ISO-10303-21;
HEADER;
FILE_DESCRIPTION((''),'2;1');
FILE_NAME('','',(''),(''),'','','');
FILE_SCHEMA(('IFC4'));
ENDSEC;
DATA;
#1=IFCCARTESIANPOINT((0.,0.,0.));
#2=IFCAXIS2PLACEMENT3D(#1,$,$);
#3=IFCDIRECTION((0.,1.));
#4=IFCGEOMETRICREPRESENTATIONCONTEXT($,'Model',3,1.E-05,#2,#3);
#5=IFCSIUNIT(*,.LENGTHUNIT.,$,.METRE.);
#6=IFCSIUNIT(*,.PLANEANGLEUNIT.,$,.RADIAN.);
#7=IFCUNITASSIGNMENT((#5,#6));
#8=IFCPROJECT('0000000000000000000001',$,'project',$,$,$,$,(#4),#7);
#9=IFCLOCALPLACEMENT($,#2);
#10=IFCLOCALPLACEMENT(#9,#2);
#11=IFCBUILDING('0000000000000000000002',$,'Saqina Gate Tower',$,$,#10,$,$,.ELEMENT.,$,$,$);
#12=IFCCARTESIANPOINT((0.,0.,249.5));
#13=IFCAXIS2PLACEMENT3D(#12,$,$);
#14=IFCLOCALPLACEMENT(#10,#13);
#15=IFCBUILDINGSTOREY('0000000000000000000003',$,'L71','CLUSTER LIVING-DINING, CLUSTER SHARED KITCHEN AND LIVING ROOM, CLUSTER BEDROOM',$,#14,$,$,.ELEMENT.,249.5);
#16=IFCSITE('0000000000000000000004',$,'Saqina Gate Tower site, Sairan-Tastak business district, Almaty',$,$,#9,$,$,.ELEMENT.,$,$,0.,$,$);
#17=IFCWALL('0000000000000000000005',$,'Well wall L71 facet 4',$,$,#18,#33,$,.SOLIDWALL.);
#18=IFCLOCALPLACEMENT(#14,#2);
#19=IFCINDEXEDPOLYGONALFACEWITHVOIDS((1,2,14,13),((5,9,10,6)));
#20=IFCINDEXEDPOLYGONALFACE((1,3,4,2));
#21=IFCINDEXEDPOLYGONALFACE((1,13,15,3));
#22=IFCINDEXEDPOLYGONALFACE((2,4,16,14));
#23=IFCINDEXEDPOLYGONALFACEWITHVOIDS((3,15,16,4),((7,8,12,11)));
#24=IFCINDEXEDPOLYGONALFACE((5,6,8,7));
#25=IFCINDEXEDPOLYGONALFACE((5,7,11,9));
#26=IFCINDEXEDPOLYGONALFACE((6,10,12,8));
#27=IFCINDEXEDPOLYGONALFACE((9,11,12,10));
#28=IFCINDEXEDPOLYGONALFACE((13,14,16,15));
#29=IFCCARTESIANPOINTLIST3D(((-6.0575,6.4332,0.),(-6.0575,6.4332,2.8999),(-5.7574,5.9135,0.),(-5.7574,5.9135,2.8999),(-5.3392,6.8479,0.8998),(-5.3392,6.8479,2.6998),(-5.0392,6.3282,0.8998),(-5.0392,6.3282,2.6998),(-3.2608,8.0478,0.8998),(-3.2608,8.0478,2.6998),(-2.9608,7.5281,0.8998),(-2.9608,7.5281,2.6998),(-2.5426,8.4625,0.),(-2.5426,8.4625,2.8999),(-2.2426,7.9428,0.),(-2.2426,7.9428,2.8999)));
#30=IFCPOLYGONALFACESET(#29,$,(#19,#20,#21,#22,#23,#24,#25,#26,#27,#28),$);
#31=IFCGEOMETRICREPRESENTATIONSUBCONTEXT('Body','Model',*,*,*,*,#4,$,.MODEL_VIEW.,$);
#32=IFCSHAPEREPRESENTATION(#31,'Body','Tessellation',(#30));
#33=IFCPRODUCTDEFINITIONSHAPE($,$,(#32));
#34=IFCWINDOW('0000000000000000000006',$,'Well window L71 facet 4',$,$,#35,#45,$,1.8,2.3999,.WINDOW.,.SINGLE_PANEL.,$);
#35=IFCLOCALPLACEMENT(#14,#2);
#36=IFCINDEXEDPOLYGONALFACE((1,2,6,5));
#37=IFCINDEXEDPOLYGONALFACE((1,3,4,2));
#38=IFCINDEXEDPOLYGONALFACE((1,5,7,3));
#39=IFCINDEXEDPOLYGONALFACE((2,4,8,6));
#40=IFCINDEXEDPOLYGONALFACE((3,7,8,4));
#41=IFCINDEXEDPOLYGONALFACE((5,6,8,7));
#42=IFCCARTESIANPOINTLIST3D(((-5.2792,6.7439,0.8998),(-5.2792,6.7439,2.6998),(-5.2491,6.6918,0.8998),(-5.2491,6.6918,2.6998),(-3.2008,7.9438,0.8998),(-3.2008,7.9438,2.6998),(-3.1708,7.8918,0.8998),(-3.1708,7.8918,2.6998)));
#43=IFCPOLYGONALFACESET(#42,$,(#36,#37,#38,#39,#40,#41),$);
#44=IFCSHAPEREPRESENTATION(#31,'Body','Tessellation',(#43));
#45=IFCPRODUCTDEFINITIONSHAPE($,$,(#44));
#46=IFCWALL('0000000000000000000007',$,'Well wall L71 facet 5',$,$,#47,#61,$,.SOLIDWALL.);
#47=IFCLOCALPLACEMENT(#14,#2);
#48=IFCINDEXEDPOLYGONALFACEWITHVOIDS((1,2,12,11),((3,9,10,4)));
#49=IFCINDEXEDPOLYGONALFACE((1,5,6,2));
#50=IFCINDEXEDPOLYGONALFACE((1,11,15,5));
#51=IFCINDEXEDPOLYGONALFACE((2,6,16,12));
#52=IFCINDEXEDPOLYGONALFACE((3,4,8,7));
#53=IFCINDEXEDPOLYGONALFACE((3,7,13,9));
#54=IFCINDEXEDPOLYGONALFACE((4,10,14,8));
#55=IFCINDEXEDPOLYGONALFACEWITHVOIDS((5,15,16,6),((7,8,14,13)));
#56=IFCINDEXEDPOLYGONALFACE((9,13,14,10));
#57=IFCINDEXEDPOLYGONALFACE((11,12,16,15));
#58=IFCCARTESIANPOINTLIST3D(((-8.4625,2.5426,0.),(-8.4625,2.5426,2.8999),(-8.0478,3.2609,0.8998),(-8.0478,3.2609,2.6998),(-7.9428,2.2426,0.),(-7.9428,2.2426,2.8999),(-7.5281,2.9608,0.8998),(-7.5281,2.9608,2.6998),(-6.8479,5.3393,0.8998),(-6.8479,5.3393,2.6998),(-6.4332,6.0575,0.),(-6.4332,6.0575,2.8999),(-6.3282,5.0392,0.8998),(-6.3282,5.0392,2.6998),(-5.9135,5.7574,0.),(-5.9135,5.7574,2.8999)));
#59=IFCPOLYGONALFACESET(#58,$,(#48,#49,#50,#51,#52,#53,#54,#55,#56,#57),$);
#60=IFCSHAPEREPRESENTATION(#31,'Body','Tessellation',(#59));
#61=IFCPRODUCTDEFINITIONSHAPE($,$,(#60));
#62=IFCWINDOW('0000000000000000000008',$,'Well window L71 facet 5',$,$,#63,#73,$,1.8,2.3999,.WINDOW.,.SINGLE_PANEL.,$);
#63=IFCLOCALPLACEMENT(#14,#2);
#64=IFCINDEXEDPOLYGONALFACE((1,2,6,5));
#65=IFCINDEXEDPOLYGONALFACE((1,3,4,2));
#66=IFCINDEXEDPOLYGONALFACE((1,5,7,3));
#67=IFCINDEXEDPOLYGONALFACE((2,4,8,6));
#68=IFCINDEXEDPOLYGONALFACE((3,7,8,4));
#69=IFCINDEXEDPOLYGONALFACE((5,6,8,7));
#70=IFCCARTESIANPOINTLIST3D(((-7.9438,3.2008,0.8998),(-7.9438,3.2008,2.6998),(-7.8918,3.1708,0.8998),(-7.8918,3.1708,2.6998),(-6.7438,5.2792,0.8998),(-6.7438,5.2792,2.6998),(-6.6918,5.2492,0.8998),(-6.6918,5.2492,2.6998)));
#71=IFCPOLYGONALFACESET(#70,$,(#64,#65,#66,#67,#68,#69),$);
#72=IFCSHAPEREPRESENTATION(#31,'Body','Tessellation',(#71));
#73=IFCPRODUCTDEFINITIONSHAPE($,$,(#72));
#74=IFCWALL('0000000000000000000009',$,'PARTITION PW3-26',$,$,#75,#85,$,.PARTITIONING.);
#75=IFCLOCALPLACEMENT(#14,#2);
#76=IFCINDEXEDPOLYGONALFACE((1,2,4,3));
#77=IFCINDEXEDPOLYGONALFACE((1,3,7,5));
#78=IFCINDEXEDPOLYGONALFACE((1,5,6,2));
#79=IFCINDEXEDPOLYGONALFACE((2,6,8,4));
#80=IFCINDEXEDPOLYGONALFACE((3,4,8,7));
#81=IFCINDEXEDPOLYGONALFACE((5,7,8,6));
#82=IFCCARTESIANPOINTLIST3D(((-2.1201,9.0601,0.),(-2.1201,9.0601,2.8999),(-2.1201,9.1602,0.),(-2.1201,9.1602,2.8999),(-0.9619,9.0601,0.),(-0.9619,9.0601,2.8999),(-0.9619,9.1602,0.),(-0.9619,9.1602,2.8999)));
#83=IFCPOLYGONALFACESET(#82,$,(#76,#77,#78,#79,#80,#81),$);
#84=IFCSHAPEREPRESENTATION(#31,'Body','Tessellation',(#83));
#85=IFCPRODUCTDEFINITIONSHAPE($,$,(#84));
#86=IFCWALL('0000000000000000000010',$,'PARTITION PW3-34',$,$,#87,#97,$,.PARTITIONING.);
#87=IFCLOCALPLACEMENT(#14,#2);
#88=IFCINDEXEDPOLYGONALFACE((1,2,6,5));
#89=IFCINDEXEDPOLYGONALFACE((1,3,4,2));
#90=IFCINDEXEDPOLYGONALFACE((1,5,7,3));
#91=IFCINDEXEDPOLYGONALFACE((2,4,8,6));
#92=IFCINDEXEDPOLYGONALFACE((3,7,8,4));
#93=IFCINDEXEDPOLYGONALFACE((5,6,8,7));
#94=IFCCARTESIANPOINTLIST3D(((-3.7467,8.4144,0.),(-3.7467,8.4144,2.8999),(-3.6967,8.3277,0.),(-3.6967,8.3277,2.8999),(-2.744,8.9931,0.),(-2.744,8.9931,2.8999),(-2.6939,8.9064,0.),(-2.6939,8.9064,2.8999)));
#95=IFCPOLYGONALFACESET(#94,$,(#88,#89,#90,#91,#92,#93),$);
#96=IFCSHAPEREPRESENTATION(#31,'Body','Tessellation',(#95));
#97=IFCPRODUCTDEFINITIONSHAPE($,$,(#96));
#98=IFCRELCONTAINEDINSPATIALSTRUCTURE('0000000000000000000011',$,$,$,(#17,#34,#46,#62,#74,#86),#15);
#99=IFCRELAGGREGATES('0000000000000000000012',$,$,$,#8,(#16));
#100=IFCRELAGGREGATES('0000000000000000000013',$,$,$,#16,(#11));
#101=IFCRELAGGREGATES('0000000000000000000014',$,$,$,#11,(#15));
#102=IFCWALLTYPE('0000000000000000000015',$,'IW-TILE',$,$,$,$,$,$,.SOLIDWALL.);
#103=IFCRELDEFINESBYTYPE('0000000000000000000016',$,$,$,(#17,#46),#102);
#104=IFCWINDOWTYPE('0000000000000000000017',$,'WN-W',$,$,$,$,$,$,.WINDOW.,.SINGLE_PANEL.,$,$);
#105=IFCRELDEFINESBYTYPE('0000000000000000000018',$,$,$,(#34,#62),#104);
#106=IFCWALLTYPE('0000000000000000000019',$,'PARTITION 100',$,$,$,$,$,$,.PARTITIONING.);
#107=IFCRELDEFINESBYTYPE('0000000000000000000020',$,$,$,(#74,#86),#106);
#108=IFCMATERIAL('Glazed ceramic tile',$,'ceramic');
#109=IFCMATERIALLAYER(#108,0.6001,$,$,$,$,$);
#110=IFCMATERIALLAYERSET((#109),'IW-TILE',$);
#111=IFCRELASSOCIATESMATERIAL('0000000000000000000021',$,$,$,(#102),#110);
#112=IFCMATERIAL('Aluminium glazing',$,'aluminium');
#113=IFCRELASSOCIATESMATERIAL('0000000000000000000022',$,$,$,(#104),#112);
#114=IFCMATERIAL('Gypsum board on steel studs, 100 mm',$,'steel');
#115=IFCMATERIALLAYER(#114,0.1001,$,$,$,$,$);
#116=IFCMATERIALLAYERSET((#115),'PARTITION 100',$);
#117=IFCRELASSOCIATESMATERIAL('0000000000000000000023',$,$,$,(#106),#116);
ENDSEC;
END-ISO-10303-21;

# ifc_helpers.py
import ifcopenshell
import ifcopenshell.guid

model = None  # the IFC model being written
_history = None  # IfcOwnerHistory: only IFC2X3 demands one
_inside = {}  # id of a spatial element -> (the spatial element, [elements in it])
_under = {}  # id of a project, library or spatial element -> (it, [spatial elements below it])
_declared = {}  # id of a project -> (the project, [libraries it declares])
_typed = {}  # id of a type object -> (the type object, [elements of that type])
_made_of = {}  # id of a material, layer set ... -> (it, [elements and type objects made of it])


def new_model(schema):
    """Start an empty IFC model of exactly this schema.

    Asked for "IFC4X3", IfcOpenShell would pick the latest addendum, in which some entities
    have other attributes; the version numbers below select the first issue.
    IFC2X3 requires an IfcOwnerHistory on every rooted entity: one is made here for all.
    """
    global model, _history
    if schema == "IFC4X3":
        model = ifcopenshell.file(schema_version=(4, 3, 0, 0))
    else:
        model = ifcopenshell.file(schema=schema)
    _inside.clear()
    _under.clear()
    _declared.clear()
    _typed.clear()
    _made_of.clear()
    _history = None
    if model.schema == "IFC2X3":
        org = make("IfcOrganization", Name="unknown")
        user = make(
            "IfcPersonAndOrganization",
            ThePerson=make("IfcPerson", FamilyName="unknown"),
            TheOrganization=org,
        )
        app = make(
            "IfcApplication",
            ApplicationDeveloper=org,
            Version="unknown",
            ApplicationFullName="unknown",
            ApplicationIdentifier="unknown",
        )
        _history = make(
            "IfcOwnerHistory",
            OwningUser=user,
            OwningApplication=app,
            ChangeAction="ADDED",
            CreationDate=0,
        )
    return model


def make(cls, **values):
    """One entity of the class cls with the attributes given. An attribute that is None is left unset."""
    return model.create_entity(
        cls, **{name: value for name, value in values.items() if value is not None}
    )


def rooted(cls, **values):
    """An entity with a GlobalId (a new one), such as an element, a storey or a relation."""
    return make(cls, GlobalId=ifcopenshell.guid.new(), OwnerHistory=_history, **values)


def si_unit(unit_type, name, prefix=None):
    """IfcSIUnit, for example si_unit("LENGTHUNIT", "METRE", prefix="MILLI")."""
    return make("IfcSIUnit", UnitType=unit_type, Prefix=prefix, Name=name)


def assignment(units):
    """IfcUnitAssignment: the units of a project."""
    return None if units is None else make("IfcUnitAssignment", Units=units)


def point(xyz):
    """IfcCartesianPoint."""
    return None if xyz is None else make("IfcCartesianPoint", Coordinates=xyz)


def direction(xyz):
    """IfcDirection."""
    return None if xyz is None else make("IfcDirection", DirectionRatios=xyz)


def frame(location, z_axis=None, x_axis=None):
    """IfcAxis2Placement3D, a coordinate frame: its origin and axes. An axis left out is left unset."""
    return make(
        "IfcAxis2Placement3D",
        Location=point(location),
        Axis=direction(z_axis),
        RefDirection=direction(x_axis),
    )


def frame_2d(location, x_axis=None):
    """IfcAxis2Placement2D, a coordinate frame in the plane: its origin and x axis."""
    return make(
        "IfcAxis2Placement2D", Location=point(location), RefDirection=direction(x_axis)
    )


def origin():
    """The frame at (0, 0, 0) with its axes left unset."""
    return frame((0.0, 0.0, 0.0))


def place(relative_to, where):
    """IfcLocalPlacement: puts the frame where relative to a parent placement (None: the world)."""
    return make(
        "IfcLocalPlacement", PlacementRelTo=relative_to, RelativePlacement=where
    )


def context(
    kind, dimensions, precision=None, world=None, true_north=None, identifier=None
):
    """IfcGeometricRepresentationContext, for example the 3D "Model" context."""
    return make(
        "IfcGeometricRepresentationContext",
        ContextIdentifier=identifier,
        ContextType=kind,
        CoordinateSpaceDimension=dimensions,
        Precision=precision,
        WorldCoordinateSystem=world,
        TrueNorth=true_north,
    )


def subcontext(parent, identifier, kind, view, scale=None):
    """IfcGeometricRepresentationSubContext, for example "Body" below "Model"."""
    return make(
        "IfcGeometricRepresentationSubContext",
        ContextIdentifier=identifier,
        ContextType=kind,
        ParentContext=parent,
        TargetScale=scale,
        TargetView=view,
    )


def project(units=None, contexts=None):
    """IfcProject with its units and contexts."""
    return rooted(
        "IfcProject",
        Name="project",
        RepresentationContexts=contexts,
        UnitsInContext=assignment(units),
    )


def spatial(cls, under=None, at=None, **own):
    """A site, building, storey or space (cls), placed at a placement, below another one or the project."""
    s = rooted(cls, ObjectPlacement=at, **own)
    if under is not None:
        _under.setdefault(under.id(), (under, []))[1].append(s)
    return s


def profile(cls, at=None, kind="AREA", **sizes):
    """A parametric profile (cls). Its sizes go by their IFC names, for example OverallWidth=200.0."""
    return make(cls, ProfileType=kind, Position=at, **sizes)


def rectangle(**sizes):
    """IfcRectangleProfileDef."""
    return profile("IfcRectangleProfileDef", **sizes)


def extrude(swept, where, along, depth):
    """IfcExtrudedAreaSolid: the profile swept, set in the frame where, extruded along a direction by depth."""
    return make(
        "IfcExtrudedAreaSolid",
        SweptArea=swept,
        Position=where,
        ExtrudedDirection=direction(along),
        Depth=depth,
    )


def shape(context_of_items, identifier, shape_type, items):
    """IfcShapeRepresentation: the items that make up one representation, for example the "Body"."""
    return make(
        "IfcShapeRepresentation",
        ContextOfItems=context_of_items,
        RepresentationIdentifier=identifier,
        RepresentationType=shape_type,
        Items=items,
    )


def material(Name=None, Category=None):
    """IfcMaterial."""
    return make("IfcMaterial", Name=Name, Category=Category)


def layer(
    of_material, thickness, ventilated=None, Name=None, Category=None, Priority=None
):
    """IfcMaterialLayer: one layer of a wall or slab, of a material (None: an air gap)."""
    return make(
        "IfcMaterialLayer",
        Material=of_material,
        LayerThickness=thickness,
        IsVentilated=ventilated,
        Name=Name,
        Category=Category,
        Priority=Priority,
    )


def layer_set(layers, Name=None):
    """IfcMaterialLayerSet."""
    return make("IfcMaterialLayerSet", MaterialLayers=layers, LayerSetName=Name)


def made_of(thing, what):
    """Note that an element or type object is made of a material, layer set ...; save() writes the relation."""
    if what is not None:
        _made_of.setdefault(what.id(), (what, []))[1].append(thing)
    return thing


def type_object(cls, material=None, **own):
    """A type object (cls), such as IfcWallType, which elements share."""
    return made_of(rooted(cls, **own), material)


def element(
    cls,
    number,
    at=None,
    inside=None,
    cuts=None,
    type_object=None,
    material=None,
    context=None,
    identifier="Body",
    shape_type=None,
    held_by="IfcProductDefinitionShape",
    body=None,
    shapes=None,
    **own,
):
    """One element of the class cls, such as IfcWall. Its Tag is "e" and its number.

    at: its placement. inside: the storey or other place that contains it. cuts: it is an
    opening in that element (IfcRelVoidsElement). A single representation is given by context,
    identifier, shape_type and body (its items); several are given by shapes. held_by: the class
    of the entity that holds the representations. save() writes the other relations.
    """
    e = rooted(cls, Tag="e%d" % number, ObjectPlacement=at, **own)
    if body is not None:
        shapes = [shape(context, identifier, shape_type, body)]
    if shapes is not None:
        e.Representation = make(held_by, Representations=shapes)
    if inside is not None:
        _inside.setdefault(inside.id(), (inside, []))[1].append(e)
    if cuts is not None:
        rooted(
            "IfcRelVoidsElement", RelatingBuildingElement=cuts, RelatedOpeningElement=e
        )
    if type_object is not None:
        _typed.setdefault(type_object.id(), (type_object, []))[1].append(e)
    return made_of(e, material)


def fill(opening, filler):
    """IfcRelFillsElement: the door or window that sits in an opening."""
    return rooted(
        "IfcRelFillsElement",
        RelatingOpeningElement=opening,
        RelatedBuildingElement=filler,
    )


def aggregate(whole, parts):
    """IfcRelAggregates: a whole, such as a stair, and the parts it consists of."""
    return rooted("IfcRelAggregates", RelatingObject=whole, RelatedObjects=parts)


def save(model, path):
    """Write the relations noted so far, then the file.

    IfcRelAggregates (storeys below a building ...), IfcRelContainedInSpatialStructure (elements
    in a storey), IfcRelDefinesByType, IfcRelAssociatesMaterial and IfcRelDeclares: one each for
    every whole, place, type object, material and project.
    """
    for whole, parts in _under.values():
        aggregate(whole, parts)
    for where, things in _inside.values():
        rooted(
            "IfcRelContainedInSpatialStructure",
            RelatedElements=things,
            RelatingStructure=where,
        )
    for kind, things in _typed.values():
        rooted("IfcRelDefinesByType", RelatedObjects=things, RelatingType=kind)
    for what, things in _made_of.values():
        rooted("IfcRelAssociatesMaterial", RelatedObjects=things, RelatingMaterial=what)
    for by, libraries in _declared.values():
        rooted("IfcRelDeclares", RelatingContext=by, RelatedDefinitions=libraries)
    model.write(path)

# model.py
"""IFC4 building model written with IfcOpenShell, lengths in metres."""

from ifc_helpers import new_model, si_unit, direction, frame, frame_2d, origin, place, context, subcontext, project, spatial, rectangle, extrude, material, layer, layer_set, type_object, element, fill, save


model = new_model("IFC4")

# Units and contexts
model_context = context("Model", 3, precision=1e-05, world=origin(), true_north=direction((0.0, 1.0)))
body_context = subcontext(model_context, "Body", "Model", "MODEL_VIEW")
ifc_project = project(units=[si_unit("LENGTHUNIT", "METRE"), si_unit("PLANEANGLEUNIT", "RADIAN")], contexts=[model_context])

# Site, building, storey
site_placement = place(None, origin())
site = spatial("IfcSite", under=ifc_project, at=site_placement, Name="Saqina Gate Tower site, Sairan-Tastak business district, Almaty", CompositionType="ELEMENT", RefElevation=0.0)
building_placement = place(site_placement, origin())
building = spatial("IfcBuilding", under=site, at=building_placement, Name="Saqina Gate Tower", CompositionType="ELEMENT")
storey_placement = place(building_placement, frame((0.0, 0.0, 249.5)))
storey = spatial("IfcBuildingStorey", under=building, at=storey_placement, Name="L71", Description="CLUSTER LIVING-DINING, CLUSTER SHARED KITCHEN AND LIVING ROOM, CLUSTER BEDROOM", CompositionType="ELEMENT", Elevation=249.5)

# Walls, openings, windows
ifc_material_1 = material(Name="Glazed ceramic tile", Category="ceramic")
ifc_layer_1 = layer(ifc_material_1, 0.6001)
ifc_layer_set_1 = layer_set([ifc_layer_1], Name="IW-TILE")
wall_type_1 = type_object("IfcWallType", Name="IW-TILE", PredefinedType="SOLIDWALL", material=ifc_layer_set_1)
wall_1_placement = place(storey_placement, frame((-2.3926, 8.2026, 0.0), z_axis=(0.0, 0.0, 1.0), x_axis=(-0.866028, -0.499995, 0.0)))
wall_1 = element("IfcWall", 1, at=wall_1_placement, inside=storey, type_object=wall_type_1, Name="Well wall L71 facet 4", PredefinedType="SOLIDWALL", context=body_context, shape_type="SweptSolid", body=[
    extrude(rectangle(XDim=4.0586, YDim=0.6001, at=frame_2d((2.0293, 0.0))), origin(), (0.0, 0.0, 1.0), 2.8999),
])
opening_1_placement = place(wall_1_placement, frame((0.8293, 0.0, 0.8999)))
opening_1 = element("IfcOpeningElement", 2, at=opening_1_placement, cuts=wall_1, PredefinedType="OPENING", context=body_context, shape_type="SweptSolid", body=[
    extrude(rectangle(XDim=2.3999, YDim=1.8, at=frame_2d((1.2, 0.8999))), frame((0.0, 0.312, 0.0), z_axis=(0.0, -1.0, 0.0), x_axis=(1.0, 0.0, 0.0)), (0.0, 0.0, 1.0), 0.624),
])
ifc_material_2 = material(Name="Aluminium glazing", Category="aluminium")
window_type = type_object("IfcWindowType", Name="WN-W", PartitioningType="SINGLE_PANEL", PredefinedType="WINDOW", material=ifc_material_2)
window_1_placement = place(opening_1_placement, origin())
window_1 = element("IfcWindow", 3, at=window_1_placement, inside=storey, type_object=window_type, Name="Well window L71 facet 4", OverallHeight=1.8, OverallWidth=2.3999, PartitioningType="SINGLE_PANEL", PredefinedType="WINDOW", context=body_context, shape_type="SweptSolid", body=[
    extrude(rectangle(XDim=2.3999, YDim=1.8, at=frame_2d((1.2, 0.8999))), frame((0.0, -0.1199, 0.0), z_axis=(0.0, -1.0, 0.0), x_axis=(1.0, 0.0, 0.0)), (0.0, 0.0, 1.0), 0.0601),
])
fill(opening_1, window_1)
wall_2_placement = place(storey_placement, frame((-6.1733, 5.9075, 0.0), z_axis=(0.0, 0.0, 1.0), x_axis=(-0.499995, -0.866028, 0.0)))
wall_2 = element("IfcWall", 4, at=wall_2_placement, inside=storey, type_object=wall_type_1, Name="Well wall L71 facet 5", PredefinedType="SOLIDWALL", context=body_context, shape_type="SweptSolid", body=[
    extrude(rectangle(XDim=4.0586, YDim=0.6001, at=frame_2d((2.0293, 0.0))), origin(), (0.0, 0.0, 1.0), 2.8999),
])
opening_2_placement = place(wall_2_placement, frame((0.8293, 0.0, 0.8999)))
opening_2 = element("IfcOpeningElement", 5, at=opening_2_placement, cuts=wall_2, PredefinedType="OPENING", context=body_context, shape_type="SweptSolid", body=[
    extrude(rectangle(XDim=2.3999, YDim=1.8, at=frame_2d((1.2, 0.8999))), frame((0.0, 0.312, 0.0), z_axis=(0.0, -1.0, 0.0), x_axis=(1.0, 0.0, 0.0)), (0.0, 0.0, 1.0), 0.624),
])
window_2_placement = place(opening_2_placement, origin())
window_2 = element("IfcWindow", 6, at=window_2_placement, inside=storey, type_object=window_type, Name="Well window L71 facet 5", OverallHeight=1.8, OverallWidth=2.3999, PartitioningType="SINGLE_PANEL", PredefinedType="WINDOW", context=body_context, shape_type="SweptSolid", body=[
    extrude(rectangle(XDim=2.3999, YDim=1.8, at=frame_2d((1.2, 0.8999))), frame((0.0, -0.1199, 0.0), z_axis=(0.0, -1.0, 0.0), x_axis=(1.0, 0.0, 0.0)), (0.0, 0.0, 1.0), 0.0601),
])
fill(opening_2, window_2)

# Walls
ifc_material_3 = material(Name="Gypsum board on steel studs, 100 mm", Category="steel")
ifc_layer_2 = layer(ifc_material_3, 0.1001)
ifc_layer_set_2 = layer_set([ifc_layer_2], Name="PARTITION 100")
wall_type_2 = type_object("IfcWallType", Name="PARTITION 100", PredefinedType="PARTITIONING", material=ifc_layer_set_2)
wall_3_placement = place(storey_placement, frame((-2.1201, 9.1101, 0.0), z_axis=(0.0, 0.0, 1.0), x_axis=(1.0, 0.0, 0.0)))
element("IfcWall", 7, at=wall_3_placement, inside=storey, type_object=wall_type_2, Name="PARTITION PW3-26", PredefinedType="PARTITIONING", context=body_context, shape_type="SweptSolid", body=[
    extrude(rectangle(XDim=1.1582, YDim=0.1001, at=frame_2d((0.5791, 0.0))), origin(), (0.0, 0.0, 1.0), 2.8999),
])
wall_4_placement = place(storey_placement, frame((-3.7217, 8.3711, 0.0), z_axis=(0.0, 0.0, 1.0), x_axis=(0.866133, 0.499814, 0.0)))
element("IfcWall", 8, at=wall_4_placement, inside=storey, type_object=wall_type_2, Name="PARTITION PW3-34", PredefinedType="PARTITIONING", context=body_context, shape_type="SweptSolid", body=[
    extrude(rectangle(XDim=1.1577, YDim=0.1001, at=frame_2d((0.5789, 0.0))), origin(), (0.0, 0.0, 1.0), 2.8999),
])

save(model, "model.ifc")
